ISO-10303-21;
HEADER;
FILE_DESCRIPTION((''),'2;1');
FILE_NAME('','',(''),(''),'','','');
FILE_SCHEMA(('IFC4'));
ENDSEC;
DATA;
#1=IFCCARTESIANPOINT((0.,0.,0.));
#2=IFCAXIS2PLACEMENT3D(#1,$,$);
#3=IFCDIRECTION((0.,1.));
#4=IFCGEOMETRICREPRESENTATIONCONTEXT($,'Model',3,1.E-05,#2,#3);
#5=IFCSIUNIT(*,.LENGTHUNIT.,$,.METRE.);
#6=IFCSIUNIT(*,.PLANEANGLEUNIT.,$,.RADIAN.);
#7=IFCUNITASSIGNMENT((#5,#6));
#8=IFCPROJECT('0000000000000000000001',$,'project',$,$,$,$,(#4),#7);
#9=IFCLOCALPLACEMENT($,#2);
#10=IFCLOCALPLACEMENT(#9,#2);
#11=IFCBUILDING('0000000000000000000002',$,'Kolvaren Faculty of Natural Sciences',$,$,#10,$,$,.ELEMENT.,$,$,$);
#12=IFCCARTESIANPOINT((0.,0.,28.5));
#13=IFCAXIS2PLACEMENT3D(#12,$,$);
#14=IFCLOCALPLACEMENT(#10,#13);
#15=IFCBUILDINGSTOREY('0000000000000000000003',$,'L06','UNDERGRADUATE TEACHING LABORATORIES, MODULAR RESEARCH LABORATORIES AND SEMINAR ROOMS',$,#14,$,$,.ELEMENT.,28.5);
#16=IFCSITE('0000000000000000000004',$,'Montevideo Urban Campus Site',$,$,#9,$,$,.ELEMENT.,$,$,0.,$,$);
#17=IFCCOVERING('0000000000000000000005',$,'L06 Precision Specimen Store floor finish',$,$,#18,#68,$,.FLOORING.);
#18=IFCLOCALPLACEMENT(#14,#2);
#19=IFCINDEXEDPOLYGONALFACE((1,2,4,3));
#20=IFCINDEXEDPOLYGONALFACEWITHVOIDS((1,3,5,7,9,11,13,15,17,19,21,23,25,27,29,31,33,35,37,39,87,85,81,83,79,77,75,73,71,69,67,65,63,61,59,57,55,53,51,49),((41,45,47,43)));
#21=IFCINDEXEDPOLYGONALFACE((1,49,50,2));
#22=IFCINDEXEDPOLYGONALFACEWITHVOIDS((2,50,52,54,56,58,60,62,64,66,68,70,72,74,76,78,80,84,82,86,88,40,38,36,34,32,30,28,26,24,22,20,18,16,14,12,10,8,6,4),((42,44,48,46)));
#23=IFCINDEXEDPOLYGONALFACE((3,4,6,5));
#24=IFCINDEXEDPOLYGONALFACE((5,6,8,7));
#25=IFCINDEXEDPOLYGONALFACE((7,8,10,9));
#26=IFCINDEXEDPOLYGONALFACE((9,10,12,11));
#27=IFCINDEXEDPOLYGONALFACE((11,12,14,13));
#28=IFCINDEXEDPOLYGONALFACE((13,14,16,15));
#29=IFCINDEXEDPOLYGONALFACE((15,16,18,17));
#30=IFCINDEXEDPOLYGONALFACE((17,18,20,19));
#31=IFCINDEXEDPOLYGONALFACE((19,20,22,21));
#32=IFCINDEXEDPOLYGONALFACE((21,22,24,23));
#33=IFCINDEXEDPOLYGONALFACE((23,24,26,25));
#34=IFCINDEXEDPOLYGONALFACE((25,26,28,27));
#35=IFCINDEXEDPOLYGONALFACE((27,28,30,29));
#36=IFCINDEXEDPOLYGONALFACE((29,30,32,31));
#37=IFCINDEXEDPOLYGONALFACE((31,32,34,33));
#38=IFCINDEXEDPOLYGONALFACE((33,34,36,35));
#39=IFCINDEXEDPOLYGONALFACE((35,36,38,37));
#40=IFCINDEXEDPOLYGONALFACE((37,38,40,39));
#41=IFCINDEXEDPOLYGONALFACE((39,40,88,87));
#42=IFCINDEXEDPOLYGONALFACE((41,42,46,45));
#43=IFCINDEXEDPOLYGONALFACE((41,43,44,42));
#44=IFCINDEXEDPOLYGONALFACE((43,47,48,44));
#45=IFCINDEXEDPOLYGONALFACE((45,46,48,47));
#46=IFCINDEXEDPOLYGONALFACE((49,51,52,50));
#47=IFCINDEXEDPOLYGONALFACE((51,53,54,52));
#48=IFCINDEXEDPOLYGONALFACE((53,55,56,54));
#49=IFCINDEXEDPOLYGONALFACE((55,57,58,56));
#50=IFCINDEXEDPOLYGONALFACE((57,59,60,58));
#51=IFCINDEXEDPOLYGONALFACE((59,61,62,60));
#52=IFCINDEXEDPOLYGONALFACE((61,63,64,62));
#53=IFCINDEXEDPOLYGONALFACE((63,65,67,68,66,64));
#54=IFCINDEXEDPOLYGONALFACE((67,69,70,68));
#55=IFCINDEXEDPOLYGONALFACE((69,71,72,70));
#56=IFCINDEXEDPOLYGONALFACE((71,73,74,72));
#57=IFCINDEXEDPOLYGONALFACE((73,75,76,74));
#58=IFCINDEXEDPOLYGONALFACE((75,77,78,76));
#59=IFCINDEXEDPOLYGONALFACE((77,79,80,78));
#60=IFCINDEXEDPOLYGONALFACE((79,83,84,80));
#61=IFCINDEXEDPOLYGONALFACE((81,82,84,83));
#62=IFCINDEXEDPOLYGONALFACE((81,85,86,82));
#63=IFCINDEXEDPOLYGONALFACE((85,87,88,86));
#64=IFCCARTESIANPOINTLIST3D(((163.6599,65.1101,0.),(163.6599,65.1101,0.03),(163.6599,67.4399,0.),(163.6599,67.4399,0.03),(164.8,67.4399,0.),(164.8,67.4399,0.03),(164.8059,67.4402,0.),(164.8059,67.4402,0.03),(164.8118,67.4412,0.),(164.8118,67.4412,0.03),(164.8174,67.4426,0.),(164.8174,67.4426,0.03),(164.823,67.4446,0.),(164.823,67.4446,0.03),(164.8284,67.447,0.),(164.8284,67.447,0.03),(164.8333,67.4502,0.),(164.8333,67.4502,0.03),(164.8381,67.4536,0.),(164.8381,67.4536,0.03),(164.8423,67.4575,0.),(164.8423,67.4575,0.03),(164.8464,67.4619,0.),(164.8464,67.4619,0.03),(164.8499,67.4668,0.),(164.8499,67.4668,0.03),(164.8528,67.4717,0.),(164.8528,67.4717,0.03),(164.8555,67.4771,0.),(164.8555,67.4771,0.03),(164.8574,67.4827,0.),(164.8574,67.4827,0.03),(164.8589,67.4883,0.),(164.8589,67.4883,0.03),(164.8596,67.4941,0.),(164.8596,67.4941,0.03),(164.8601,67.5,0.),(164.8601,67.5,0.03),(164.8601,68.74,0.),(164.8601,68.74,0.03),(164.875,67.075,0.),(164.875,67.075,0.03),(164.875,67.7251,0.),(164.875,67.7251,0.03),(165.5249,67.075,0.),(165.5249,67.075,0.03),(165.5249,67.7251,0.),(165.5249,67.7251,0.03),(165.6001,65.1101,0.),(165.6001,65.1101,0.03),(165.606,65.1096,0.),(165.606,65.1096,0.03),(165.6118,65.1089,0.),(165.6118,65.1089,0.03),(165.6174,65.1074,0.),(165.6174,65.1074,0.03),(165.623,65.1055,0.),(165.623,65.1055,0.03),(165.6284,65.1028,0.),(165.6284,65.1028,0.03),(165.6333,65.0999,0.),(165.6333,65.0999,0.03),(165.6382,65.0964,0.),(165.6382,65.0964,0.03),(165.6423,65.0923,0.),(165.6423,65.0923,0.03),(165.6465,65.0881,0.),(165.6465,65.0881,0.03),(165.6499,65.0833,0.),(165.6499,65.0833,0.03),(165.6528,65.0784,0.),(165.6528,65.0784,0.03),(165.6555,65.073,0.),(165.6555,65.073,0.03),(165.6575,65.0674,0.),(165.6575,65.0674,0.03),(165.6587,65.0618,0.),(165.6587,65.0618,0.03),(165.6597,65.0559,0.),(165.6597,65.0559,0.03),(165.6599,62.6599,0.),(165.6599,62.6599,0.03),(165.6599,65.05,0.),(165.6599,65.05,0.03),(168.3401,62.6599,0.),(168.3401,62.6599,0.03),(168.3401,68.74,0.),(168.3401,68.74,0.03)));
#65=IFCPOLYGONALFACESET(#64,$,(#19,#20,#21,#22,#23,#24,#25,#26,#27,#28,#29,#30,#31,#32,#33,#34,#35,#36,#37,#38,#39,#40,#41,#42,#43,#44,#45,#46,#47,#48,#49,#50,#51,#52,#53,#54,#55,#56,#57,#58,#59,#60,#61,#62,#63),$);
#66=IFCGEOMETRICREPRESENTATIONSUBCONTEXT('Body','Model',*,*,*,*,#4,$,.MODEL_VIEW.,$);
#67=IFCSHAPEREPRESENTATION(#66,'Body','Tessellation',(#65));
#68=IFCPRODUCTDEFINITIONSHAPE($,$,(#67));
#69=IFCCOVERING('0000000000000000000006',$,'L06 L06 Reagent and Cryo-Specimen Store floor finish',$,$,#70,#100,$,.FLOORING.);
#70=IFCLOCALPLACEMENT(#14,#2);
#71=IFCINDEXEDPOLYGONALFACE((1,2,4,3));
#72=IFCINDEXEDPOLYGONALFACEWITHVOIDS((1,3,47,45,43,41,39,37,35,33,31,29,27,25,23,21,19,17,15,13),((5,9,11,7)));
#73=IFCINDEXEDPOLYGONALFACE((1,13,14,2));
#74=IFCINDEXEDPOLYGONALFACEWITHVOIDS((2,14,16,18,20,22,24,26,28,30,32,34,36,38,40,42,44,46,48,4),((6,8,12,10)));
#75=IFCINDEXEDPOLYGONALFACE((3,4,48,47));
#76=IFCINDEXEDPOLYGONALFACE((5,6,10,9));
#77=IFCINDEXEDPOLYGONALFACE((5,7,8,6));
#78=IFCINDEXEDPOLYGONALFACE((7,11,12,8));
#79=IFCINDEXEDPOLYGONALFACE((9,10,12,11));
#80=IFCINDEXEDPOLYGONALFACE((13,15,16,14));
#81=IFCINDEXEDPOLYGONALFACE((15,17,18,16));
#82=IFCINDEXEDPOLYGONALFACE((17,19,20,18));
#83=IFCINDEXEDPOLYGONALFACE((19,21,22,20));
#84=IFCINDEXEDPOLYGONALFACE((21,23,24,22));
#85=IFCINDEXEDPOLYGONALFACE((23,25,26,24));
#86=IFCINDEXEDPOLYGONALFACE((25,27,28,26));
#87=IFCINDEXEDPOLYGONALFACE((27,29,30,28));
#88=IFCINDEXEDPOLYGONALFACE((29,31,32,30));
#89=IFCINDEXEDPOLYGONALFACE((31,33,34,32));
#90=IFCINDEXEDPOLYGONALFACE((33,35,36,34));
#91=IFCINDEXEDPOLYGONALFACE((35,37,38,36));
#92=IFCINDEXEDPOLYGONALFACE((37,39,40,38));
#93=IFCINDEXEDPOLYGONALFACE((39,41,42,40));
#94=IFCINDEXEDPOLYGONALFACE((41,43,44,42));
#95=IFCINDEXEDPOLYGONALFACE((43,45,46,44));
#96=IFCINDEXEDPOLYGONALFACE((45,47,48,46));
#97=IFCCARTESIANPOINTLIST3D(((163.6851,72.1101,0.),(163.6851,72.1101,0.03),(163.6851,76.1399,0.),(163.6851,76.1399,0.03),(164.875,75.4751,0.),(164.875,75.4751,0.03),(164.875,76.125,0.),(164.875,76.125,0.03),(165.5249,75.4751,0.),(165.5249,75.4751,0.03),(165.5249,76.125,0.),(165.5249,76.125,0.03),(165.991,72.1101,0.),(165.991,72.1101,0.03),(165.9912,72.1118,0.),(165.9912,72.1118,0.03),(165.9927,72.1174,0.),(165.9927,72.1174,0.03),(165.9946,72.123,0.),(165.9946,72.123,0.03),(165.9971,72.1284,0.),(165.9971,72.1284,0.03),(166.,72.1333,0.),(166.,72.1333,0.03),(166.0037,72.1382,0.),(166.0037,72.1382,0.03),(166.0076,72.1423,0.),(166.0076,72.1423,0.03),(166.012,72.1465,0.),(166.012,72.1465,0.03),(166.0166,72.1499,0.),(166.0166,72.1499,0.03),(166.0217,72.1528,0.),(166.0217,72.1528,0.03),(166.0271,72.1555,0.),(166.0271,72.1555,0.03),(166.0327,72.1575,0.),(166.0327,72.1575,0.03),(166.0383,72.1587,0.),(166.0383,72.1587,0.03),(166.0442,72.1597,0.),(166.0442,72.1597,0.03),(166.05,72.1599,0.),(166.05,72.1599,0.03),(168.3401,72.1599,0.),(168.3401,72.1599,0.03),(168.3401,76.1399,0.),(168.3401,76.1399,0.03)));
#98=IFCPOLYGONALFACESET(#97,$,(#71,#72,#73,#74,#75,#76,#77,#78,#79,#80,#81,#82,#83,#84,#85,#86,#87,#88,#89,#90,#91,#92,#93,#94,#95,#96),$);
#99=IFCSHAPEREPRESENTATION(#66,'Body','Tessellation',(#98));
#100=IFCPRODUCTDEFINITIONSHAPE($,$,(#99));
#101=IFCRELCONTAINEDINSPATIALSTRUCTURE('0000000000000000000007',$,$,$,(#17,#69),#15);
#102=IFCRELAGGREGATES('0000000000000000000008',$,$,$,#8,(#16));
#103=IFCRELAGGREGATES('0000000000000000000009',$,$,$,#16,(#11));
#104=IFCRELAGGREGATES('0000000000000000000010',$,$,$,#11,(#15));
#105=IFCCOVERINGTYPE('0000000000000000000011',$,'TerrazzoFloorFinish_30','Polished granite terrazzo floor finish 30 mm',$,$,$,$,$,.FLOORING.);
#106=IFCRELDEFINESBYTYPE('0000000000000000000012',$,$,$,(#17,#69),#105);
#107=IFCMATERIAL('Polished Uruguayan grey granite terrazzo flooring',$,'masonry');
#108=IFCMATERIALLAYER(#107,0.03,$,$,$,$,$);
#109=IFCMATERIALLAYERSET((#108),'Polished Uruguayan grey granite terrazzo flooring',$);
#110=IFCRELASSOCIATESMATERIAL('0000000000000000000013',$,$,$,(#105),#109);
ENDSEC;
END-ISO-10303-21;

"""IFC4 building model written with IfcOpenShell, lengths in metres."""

from ifc_helpers import new_model, si_unit, direction, frame, origin, place, context, subcontext, project, spatial, polyline, outline, extrude, material, layer, layer_set, type_object, element, save


model = new_model("IFC4")

# Units and contexts
model_context = context("Model", 3, precision=1e-05, world=origin(), true_north=direction((0.0, 1.0)))
body_context = subcontext(model_context, "Body", "Model", "MODEL_VIEW")
ifc_project = project(units=[si_unit("LENGTHUNIT", "METRE"), si_unit("PLANEANGLEUNIT", "RADIAN")], contexts=[model_context])

# Site, building, storey
site_placement = place(None, origin())
site = spatial("IfcSite", under=ifc_project, at=site_placement, Name="Montevideo Urban Campus Site", CompositionType="ELEMENT", RefElevation=0.0)
building_placement = place(site_placement, origin())
building = spatial("IfcBuilding", under=site, at=building_placement, Name="Kolvaren Faculty of Natural Sciences", CompositionType="ELEMENT")
storey_placement = place(building_placement, frame((0.0, 0.0, 28.5)))
storey = spatial("IfcBuildingStorey", under=building, at=storey_placement, Name="L06", Description="UNDERGRADUATE TEACHING LABORATORIES, MODULAR RESEARCH LABORATORIES AND SEMINAR ROOMS", CompositionType="ELEMENT", Elevation=28.5)

# Coverings
ifc_material_1 = material(Name="Polished Uruguayan grey granite terrazzo flooring", Category="masonry")
ifc_layer_1 = layer(ifc_material_1, 0.03)
ifc_layer_set_1 = layer_set([ifc_layer_1], Name="Polished Uruguayan grey granite terrazzo flooring")
covering_type_1 = type_object("IfcCoveringType", Name="TerrazzoFloorFinish_30", Description="Polished granite terrazzo floor finish 30 mm", PredefinedType="FLOORING", material=ifc_layer_set_1)
covering_1_placement = place(storey_placement, origin())
element("IfcCovering", 1, at=covering_1_placement, inside=storey, type_object=covering_type_1, Name="L06 Precision Specimen Store floor finish", PredefinedType="FLOORING", context=body_context, shape_type="SweptSolid", body=[
    extrude(outline(polyline([(163.6599, 67.4399), (164.8, 67.4399), (164.8059, 67.4402), (164.8118, 67.4412), (164.8174, 67.4426), (164.823, 67.4446), (164.8284, 67.447), (164.8333, 67.4502), (164.8381, 67.4536), (164.8423, 67.4575), (164.8464, 67.4619), (164.8499, 67.4668), (164.8528, 67.4717), (164.8555, 67.4771), (164.8574, 67.4827), (164.8589, 67.4883), (164.8596, 67.4941), (164.8601, 67.5), (164.8601, 68.74), (168.3401, 68.74), (168.3401, 62.6599), (165.6599, 62.6599), (165.6599, 65.05), (165.6597, 65.0559), (165.6587, 65.0618), (165.6575, 65.0674), (165.6555, 65.073), (165.6528, 65.0784), (165.6499, 65.0833), (165.6465, 65.0881), (165.6423, 65.0923), (165.6382, 65.0964), (165.6333, 65.0999), (165.6284, 65.1028), (165.623, 65.1055), (165.6174, 65.1074), (165.6118, 65.1089), (165.606, 65.1096), (165.6001, 65.1101), (163.6599, 65.1101), (163.6599, 67.4399)]), holes=[polyline([(165.5249, 67.075), (165.5249, 67.7251), (164.875, 67.7251), (164.875, 67.075), (165.5249, 67.075)])]), origin(), (0.0, 0.0, 1.0), 0.03),
])
covering_2_placement = place(storey_placement, origin())
element("IfcCovering", 2, at=covering_2_placement, inside=storey, type_object=covering_type_1, Name="L06 L06 Reagent and Cryo-Specimen Store floor finish", PredefinedType="FLOORING", context=body_context, shape_type="SweptSolid", body=[
    extrude(outline(polyline([(163.6851, 72.1101), (163.6851, 76.1399), (168.3401, 76.1399), (168.3401, 72.1599), (166.05, 72.1599), (166.0442, 72.1597), (166.0383, 72.1587), (166.0327, 72.1575), (166.0271, 72.1555), (166.0217, 72.1528), (166.0166, 72.1499), (166.012, 72.1465), (166.0076, 72.1423), (166.0037, 72.1382), (166.0, 72.1333), (165.9971, 72.1284), (165.9946, 72.123), (165.9927, 72.1174), (165.9912, 72.1118), (165.991, 72.1101), (163.6851, 72.1101)]), holes=[polyline([(164.875, 75.4751), (165.5249, 75.4751), (165.5249, 76.125), (164.875, 76.125), (164.875, 75.4751)])]), origin(), (0.0, 0.0, 1.0), 0.03),
])

save(model, "model.ifc")
